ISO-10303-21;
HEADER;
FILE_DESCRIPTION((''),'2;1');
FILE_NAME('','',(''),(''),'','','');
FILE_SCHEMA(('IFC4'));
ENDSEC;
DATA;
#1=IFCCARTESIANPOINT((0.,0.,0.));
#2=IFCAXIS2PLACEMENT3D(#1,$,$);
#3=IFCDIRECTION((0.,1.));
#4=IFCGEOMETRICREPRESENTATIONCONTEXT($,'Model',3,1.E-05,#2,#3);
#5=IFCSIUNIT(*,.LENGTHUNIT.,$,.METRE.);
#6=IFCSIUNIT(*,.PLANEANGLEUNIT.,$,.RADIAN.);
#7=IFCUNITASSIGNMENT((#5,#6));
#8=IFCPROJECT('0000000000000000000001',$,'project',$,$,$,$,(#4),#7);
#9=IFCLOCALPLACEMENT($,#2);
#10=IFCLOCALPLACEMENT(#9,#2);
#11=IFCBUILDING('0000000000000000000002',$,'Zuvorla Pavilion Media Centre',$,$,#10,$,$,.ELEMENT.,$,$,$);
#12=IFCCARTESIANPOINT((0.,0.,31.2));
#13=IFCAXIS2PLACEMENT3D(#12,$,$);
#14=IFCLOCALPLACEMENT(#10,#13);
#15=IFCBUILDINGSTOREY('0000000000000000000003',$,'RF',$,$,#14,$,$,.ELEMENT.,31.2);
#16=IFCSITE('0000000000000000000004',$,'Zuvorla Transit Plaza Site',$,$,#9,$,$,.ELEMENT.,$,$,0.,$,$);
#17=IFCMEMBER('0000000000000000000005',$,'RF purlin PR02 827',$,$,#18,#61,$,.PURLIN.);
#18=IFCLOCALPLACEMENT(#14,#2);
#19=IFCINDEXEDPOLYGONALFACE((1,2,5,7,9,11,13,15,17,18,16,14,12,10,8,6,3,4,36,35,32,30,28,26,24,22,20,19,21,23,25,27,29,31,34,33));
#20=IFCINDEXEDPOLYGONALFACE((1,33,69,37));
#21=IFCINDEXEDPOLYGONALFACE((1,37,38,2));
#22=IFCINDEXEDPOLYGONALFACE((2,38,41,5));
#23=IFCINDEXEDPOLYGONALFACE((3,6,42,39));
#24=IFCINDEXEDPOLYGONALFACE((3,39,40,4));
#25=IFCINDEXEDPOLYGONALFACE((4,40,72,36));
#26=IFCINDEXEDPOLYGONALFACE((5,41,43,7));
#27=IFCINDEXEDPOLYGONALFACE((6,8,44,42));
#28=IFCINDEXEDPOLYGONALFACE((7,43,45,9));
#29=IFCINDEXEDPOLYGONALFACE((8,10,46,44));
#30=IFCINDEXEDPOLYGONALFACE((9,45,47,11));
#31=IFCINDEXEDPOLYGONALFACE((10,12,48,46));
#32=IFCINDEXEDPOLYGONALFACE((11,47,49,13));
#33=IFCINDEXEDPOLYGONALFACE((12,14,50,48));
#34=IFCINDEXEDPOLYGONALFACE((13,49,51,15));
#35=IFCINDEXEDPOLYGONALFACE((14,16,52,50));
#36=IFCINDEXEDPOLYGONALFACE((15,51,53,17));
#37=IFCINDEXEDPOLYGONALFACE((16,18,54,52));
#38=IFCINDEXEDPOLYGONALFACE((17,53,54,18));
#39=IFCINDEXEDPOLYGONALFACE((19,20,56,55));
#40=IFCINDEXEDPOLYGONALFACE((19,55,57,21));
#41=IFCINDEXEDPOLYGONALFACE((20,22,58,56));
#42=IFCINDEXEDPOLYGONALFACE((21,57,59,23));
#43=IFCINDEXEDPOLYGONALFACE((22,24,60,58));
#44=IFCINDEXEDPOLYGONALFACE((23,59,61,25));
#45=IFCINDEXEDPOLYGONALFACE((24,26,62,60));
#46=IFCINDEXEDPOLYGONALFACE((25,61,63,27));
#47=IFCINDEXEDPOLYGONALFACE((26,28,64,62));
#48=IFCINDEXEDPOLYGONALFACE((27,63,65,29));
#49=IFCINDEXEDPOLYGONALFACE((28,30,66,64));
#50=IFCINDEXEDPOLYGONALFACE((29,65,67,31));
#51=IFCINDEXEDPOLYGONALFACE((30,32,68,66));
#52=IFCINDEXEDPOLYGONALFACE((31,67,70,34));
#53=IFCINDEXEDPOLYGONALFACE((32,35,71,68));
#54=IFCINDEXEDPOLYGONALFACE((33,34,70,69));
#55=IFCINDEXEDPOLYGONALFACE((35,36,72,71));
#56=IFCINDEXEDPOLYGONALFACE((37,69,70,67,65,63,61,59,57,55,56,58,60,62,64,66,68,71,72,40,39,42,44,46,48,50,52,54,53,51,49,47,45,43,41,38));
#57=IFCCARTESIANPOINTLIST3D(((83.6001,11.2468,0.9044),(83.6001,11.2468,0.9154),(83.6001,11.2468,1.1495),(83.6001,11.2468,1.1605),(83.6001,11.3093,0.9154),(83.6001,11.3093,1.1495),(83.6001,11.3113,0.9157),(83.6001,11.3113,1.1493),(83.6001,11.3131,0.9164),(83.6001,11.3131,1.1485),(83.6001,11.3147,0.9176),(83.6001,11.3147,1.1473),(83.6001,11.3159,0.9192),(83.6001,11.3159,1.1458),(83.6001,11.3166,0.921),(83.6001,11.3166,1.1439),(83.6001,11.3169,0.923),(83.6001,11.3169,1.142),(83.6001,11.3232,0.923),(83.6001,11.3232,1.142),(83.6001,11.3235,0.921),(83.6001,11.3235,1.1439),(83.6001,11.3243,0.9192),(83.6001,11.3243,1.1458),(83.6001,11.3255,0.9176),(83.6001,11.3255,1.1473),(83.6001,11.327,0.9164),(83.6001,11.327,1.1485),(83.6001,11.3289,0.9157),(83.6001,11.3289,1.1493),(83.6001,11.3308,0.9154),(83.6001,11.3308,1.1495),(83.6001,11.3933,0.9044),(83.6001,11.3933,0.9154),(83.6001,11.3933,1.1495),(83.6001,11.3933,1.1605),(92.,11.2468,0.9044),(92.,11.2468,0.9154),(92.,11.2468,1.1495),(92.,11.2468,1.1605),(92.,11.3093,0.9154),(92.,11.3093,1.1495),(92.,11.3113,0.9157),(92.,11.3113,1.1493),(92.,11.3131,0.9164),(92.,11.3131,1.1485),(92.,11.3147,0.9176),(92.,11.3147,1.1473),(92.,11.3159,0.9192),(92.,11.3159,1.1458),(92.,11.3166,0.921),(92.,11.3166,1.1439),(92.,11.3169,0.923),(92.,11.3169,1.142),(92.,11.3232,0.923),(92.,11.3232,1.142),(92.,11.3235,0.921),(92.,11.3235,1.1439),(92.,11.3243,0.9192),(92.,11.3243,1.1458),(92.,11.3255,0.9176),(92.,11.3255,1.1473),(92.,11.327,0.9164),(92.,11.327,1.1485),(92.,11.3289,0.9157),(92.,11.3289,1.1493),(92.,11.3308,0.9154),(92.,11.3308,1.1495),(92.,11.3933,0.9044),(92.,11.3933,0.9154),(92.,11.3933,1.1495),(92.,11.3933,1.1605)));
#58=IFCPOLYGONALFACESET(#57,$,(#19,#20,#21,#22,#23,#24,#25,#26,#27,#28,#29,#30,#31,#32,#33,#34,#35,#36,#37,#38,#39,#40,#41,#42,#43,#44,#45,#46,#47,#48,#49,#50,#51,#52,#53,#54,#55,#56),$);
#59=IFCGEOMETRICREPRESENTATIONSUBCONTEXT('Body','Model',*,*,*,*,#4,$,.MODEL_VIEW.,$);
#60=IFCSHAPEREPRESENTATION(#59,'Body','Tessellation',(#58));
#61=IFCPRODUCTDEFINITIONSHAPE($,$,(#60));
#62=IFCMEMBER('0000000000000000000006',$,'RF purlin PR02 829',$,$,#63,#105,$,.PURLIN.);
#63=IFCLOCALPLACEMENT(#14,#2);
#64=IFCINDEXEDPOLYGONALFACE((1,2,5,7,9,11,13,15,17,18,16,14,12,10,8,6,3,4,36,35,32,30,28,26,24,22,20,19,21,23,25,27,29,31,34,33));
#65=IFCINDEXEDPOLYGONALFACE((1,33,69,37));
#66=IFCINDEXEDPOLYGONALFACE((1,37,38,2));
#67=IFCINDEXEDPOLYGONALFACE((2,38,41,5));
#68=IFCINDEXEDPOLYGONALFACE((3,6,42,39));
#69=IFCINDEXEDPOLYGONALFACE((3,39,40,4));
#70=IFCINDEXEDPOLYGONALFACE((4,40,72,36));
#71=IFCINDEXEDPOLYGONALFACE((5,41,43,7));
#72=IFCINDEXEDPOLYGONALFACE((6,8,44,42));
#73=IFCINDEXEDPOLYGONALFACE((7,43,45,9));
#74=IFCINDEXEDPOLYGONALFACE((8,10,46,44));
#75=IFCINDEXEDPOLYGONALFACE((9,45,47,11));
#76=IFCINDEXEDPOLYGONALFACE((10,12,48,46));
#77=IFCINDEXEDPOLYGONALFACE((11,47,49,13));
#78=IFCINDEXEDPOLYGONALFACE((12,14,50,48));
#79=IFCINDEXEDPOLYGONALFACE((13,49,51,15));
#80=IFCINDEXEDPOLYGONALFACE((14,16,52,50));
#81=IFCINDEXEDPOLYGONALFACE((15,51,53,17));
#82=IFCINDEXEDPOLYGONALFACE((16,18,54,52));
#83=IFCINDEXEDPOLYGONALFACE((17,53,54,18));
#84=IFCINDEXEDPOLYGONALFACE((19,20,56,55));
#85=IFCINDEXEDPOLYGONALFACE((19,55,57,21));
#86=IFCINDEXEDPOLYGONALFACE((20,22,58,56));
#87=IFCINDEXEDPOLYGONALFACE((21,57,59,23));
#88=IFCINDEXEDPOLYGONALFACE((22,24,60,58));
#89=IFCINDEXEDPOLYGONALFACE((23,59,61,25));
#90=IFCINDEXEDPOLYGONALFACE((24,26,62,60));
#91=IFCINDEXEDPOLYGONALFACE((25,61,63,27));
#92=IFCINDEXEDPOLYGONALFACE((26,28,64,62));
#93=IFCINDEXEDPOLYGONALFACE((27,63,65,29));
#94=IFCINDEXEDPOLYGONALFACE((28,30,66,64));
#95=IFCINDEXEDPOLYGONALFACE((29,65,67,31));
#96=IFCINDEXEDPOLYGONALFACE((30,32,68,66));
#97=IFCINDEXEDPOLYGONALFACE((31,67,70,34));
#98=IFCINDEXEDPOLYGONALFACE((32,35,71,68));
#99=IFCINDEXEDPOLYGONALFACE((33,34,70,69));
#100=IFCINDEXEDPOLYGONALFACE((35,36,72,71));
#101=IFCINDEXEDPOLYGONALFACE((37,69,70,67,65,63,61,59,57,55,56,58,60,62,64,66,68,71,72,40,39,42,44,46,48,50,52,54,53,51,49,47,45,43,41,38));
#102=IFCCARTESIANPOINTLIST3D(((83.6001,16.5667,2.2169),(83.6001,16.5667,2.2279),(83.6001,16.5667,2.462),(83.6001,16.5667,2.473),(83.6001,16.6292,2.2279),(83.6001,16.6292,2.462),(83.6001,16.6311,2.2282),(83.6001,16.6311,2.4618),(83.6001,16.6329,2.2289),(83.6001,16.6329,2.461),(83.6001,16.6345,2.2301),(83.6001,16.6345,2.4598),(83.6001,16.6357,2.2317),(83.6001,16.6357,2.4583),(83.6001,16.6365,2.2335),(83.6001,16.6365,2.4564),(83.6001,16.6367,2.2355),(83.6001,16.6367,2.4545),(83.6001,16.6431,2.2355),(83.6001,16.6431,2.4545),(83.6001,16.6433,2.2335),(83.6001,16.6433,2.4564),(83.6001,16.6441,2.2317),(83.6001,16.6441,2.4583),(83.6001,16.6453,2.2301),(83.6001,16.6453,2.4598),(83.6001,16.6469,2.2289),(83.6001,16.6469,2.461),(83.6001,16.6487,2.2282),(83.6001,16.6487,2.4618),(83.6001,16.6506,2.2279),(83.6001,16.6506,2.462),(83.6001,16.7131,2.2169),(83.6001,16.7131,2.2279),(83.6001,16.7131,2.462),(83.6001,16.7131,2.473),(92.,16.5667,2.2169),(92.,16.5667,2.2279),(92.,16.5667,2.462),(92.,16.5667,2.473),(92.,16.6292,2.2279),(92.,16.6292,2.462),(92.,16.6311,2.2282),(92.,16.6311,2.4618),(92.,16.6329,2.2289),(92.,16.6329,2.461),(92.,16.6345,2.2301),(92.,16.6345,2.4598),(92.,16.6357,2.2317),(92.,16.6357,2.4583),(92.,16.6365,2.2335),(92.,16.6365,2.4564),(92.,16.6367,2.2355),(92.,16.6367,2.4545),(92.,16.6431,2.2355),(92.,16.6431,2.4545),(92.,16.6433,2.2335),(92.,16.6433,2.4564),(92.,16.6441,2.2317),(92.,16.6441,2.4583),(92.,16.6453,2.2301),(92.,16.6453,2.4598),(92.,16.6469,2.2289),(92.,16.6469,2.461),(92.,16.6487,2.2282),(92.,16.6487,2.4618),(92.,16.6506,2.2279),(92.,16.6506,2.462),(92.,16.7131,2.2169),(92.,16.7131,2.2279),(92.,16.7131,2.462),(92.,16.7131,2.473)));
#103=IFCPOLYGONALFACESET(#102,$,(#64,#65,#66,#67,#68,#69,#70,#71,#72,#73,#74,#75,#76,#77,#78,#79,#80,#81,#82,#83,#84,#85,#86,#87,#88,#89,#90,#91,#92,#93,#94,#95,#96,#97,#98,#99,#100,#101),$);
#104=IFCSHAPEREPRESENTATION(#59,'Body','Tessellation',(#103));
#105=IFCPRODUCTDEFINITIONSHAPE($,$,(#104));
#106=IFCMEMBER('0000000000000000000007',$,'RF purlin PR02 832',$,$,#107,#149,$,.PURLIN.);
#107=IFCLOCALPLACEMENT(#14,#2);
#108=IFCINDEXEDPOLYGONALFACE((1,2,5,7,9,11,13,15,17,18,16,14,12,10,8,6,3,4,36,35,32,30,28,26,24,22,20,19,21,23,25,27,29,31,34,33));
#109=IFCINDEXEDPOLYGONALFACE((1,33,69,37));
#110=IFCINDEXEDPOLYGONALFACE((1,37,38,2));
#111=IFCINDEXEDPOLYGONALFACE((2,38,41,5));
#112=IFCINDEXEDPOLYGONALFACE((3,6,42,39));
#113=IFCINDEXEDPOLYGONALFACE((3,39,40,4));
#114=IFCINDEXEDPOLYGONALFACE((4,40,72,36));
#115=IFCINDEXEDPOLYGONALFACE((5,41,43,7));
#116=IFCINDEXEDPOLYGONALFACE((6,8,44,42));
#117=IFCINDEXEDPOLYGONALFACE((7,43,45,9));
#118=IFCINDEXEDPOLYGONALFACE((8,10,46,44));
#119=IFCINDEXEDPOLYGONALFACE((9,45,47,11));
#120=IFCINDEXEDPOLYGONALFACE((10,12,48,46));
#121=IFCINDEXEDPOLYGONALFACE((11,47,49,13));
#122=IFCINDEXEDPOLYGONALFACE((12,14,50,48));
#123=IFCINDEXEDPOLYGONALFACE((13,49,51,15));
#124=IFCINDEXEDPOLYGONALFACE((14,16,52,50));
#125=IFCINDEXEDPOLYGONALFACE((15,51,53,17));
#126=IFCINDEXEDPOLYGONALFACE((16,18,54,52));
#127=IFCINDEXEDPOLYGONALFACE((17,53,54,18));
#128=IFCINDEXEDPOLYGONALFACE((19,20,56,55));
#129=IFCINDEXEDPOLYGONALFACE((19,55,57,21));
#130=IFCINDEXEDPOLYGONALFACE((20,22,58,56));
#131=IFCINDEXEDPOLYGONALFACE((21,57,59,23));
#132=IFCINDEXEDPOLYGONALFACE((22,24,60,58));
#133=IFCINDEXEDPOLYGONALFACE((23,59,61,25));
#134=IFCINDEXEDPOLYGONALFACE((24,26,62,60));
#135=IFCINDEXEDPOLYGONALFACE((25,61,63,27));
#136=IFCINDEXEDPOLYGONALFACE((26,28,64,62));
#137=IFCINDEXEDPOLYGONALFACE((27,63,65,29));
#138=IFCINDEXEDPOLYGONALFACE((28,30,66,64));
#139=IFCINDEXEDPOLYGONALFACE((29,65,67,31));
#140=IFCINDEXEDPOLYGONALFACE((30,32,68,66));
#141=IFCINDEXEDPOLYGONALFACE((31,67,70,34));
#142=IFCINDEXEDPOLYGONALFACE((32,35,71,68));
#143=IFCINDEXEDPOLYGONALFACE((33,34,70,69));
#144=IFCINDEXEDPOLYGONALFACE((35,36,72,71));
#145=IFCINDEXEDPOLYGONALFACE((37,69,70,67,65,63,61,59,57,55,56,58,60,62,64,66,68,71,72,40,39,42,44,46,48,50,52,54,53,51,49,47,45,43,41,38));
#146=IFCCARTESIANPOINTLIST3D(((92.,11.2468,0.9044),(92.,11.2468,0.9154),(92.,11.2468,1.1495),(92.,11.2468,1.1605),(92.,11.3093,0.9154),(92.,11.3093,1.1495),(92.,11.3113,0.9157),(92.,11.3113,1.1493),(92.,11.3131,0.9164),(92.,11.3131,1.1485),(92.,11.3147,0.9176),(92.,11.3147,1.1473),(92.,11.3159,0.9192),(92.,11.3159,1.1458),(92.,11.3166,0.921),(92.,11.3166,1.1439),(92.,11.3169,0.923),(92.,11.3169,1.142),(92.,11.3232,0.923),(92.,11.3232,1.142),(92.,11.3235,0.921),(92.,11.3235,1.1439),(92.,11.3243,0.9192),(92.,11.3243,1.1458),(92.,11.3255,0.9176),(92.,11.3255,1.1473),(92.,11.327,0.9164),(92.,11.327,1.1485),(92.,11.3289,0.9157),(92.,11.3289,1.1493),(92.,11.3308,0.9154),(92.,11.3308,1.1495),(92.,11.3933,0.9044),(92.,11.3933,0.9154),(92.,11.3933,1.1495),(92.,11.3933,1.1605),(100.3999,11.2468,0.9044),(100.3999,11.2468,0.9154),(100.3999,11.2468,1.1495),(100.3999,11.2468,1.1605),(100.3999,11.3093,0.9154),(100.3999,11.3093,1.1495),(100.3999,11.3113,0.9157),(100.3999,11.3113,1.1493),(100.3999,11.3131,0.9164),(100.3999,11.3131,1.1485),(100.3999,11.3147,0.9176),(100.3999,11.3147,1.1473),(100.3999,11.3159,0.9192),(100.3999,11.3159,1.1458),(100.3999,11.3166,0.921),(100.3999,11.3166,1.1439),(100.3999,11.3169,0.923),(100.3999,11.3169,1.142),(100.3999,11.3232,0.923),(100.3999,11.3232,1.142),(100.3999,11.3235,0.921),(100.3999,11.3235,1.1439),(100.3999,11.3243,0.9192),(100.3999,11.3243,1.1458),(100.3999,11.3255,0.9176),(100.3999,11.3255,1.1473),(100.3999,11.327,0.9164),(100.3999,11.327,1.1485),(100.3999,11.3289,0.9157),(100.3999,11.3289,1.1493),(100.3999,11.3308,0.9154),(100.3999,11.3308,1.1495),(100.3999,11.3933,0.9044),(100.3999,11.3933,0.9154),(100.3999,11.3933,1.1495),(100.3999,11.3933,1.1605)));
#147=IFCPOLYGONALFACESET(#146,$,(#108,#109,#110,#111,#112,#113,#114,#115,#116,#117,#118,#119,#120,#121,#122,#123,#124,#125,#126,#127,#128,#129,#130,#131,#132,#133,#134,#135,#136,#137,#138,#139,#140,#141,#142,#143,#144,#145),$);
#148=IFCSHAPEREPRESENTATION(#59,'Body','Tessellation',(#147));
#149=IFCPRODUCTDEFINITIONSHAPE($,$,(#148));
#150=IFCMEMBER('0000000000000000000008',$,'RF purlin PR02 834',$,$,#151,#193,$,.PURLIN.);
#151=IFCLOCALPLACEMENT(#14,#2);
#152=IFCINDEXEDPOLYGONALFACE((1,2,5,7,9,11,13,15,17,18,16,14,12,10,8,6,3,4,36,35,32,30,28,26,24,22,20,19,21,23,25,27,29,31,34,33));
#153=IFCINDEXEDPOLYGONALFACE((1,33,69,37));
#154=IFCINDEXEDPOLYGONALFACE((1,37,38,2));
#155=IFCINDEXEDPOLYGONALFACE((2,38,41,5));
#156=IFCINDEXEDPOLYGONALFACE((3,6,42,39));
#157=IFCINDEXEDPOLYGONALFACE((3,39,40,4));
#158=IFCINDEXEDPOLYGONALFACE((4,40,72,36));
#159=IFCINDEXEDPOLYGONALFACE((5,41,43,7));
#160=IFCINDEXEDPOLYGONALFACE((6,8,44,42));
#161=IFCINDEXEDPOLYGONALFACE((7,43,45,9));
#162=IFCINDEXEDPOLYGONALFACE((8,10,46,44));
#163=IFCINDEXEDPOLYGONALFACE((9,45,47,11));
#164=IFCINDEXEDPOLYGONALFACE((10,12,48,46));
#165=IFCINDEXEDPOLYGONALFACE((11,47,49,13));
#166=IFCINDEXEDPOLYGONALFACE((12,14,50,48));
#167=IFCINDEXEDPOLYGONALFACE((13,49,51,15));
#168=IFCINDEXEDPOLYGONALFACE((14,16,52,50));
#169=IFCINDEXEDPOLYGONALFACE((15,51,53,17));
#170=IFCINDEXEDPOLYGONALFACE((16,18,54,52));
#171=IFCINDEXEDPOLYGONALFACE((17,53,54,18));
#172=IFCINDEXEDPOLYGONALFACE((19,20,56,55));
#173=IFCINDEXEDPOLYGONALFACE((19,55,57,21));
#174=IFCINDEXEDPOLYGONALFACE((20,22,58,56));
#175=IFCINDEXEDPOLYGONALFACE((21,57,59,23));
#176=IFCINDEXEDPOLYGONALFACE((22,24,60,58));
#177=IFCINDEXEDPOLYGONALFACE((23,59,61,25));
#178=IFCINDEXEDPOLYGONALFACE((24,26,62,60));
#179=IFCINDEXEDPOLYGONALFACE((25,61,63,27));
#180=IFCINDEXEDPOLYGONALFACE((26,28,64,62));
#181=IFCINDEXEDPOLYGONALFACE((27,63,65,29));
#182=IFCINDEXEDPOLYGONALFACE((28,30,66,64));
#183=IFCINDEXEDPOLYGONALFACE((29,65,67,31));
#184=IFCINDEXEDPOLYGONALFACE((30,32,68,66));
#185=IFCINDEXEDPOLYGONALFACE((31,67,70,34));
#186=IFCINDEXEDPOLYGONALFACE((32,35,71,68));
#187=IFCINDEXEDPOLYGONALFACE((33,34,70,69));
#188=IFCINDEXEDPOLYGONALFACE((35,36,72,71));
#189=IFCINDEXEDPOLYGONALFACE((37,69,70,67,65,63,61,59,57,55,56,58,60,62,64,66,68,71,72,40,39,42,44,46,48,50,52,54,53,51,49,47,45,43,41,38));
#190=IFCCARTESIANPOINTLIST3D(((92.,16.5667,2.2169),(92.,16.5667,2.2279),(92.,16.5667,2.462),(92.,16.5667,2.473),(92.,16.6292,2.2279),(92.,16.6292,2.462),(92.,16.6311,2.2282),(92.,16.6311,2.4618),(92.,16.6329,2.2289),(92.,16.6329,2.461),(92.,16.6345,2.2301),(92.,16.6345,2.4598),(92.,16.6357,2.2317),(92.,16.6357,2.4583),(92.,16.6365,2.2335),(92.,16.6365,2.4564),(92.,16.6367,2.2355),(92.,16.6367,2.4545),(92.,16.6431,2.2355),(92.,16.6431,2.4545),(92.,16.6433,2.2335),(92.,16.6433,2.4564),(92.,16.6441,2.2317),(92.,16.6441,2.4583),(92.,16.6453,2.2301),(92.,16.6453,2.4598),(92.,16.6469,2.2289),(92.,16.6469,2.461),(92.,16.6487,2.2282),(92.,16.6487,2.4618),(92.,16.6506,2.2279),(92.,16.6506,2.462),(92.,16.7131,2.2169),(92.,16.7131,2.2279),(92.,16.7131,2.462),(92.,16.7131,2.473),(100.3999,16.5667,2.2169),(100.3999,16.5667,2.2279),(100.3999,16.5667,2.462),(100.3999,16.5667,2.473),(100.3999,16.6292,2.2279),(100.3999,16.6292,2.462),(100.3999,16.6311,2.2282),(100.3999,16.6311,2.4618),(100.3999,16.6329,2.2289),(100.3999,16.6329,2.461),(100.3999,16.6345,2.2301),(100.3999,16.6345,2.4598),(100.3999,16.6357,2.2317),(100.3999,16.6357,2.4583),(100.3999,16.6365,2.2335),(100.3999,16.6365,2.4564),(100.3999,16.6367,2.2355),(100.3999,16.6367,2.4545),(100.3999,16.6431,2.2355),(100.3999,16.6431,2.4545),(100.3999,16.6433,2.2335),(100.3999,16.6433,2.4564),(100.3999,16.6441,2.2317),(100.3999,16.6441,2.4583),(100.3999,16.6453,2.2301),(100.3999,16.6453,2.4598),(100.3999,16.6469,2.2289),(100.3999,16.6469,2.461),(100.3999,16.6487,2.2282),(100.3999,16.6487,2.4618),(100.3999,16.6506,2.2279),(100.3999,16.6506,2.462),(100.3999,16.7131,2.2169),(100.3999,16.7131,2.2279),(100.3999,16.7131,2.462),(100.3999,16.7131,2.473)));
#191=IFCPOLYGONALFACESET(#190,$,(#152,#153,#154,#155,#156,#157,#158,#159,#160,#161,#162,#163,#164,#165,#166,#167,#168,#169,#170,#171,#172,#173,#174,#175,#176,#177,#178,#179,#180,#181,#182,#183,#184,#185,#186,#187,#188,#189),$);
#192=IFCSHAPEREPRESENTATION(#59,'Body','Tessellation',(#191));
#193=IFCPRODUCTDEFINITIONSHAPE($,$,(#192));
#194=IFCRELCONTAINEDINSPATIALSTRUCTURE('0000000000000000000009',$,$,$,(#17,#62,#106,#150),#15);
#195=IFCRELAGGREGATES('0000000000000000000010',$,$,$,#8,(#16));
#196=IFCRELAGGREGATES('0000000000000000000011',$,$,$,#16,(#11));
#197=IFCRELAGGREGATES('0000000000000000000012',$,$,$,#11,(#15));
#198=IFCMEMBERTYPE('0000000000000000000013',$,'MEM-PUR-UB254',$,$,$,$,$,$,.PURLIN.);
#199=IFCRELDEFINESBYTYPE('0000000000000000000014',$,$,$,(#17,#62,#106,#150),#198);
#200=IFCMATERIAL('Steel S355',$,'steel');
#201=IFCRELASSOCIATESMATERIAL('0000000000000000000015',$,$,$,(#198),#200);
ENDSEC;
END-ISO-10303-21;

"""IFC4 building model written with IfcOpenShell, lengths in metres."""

from ifc_helpers import new_model, si_unit, direction, frame, origin, origin_2d, place, context, subcontext, project, spatial, i_section, extrude, material, material_profile, profile_set, type_object, element, save


model = new_model("IFC4")

# Units and contexts
model_context = context("Model", 3, precision=1e-05, world=origin(), true_north=direction((0.0, 1.0)))
body_context = subcontext(model_context, "Body", "Model", "MODEL_VIEW")
ifc_project = project(units=[si_unit("LENGTHUNIT", "METRE"), si_unit("PLANEANGLEUNIT", "RADIAN")], contexts=[model_context])

# Site, building, storey
site_placement = place(None, origin())
site = spatial("IfcSite", under=ifc_project, at=site_placement, Name="Zuvorla Transit Plaza Site", CompositionType="ELEMENT", RefElevation=0.0)
building_placement = place(site_placement, origin())
building = spatial("IfcBuilding", under=site, at=building_placement, Name="Zuvorla Pavilion Media Centre", CompositionType="ELEMENT")
storey_placement = place(building_placement, frame((0.0, 0.0, 31.2)))
storey = spatial("IfcBuildingStorey", under=building, at=storey_placement, Name="RF", CompositionType="ELEMENT", Elevation=31.2)

# Shared definitions
ifc_material = material(Name="Steel S355", Category="steel")

# Members
ifc_material_profile_1 = material_profile(ifc_material, i_section(OverallWidth=0.1465, OverallDepth=0.2561, WebThickness=0.0063, FlangeThickness=0.011, FilletRadius=0.0076, at=origin_2d()), Name="UB 254x146x37")
ifc_profile_set_1 = profile_set([ifc_material_profile_1], Name="Steel S355")
member_type_1 = type_object("IfcMemberType", Name="MEM-PUR-UB254", PredefinedType="PURLIN", material=ifc_profile_set_1)
for number, where, z_axis, x_axis, name in (
    (1, (83.6001, 11.3201, 1.0325), (1.0, 0.0, 0.0), (0.0, 1.0, 0.0), "RF purlin PR02 827"),
    (2, (83.6001, 16.6399, 2.345), (1.0, 0.0, 0.0), (0.0, 1.0, 0.0), "RF purlin PR02 829"),
    (3, (92.0, 11.3201, 1.0325), (1.0, 0.0, 0.0), (0.0, 1.0, 0.0), "RF purlin PR02 832"),
    (4, (92.0, 16.6399, 2.345), (1.0, 0.0, 0.0), (0.0, 1.0, 0.0), "RF purlin PR02 834"),
):
    element("IfcMember", number, at=place(storey_placement, frame(where, z_axis=z_axis, x_axis=x_axis)), inside=storey, type_object=member_type_1, Name=name, PredefinedType="PURLIN", context=body_context, shape_type="SweptSolid", body=[
        extrude(i_section(OverallWidth=0.1465, OverallDepth=0.2561, WebThickness=0.0063, FlangeThickness=0.011, FilletRadius=0.0076, at=origin_2d()), origin(), (0.0, 0.0, 1.0), 8.3999),
    ])

save(model, "model.ifc")
